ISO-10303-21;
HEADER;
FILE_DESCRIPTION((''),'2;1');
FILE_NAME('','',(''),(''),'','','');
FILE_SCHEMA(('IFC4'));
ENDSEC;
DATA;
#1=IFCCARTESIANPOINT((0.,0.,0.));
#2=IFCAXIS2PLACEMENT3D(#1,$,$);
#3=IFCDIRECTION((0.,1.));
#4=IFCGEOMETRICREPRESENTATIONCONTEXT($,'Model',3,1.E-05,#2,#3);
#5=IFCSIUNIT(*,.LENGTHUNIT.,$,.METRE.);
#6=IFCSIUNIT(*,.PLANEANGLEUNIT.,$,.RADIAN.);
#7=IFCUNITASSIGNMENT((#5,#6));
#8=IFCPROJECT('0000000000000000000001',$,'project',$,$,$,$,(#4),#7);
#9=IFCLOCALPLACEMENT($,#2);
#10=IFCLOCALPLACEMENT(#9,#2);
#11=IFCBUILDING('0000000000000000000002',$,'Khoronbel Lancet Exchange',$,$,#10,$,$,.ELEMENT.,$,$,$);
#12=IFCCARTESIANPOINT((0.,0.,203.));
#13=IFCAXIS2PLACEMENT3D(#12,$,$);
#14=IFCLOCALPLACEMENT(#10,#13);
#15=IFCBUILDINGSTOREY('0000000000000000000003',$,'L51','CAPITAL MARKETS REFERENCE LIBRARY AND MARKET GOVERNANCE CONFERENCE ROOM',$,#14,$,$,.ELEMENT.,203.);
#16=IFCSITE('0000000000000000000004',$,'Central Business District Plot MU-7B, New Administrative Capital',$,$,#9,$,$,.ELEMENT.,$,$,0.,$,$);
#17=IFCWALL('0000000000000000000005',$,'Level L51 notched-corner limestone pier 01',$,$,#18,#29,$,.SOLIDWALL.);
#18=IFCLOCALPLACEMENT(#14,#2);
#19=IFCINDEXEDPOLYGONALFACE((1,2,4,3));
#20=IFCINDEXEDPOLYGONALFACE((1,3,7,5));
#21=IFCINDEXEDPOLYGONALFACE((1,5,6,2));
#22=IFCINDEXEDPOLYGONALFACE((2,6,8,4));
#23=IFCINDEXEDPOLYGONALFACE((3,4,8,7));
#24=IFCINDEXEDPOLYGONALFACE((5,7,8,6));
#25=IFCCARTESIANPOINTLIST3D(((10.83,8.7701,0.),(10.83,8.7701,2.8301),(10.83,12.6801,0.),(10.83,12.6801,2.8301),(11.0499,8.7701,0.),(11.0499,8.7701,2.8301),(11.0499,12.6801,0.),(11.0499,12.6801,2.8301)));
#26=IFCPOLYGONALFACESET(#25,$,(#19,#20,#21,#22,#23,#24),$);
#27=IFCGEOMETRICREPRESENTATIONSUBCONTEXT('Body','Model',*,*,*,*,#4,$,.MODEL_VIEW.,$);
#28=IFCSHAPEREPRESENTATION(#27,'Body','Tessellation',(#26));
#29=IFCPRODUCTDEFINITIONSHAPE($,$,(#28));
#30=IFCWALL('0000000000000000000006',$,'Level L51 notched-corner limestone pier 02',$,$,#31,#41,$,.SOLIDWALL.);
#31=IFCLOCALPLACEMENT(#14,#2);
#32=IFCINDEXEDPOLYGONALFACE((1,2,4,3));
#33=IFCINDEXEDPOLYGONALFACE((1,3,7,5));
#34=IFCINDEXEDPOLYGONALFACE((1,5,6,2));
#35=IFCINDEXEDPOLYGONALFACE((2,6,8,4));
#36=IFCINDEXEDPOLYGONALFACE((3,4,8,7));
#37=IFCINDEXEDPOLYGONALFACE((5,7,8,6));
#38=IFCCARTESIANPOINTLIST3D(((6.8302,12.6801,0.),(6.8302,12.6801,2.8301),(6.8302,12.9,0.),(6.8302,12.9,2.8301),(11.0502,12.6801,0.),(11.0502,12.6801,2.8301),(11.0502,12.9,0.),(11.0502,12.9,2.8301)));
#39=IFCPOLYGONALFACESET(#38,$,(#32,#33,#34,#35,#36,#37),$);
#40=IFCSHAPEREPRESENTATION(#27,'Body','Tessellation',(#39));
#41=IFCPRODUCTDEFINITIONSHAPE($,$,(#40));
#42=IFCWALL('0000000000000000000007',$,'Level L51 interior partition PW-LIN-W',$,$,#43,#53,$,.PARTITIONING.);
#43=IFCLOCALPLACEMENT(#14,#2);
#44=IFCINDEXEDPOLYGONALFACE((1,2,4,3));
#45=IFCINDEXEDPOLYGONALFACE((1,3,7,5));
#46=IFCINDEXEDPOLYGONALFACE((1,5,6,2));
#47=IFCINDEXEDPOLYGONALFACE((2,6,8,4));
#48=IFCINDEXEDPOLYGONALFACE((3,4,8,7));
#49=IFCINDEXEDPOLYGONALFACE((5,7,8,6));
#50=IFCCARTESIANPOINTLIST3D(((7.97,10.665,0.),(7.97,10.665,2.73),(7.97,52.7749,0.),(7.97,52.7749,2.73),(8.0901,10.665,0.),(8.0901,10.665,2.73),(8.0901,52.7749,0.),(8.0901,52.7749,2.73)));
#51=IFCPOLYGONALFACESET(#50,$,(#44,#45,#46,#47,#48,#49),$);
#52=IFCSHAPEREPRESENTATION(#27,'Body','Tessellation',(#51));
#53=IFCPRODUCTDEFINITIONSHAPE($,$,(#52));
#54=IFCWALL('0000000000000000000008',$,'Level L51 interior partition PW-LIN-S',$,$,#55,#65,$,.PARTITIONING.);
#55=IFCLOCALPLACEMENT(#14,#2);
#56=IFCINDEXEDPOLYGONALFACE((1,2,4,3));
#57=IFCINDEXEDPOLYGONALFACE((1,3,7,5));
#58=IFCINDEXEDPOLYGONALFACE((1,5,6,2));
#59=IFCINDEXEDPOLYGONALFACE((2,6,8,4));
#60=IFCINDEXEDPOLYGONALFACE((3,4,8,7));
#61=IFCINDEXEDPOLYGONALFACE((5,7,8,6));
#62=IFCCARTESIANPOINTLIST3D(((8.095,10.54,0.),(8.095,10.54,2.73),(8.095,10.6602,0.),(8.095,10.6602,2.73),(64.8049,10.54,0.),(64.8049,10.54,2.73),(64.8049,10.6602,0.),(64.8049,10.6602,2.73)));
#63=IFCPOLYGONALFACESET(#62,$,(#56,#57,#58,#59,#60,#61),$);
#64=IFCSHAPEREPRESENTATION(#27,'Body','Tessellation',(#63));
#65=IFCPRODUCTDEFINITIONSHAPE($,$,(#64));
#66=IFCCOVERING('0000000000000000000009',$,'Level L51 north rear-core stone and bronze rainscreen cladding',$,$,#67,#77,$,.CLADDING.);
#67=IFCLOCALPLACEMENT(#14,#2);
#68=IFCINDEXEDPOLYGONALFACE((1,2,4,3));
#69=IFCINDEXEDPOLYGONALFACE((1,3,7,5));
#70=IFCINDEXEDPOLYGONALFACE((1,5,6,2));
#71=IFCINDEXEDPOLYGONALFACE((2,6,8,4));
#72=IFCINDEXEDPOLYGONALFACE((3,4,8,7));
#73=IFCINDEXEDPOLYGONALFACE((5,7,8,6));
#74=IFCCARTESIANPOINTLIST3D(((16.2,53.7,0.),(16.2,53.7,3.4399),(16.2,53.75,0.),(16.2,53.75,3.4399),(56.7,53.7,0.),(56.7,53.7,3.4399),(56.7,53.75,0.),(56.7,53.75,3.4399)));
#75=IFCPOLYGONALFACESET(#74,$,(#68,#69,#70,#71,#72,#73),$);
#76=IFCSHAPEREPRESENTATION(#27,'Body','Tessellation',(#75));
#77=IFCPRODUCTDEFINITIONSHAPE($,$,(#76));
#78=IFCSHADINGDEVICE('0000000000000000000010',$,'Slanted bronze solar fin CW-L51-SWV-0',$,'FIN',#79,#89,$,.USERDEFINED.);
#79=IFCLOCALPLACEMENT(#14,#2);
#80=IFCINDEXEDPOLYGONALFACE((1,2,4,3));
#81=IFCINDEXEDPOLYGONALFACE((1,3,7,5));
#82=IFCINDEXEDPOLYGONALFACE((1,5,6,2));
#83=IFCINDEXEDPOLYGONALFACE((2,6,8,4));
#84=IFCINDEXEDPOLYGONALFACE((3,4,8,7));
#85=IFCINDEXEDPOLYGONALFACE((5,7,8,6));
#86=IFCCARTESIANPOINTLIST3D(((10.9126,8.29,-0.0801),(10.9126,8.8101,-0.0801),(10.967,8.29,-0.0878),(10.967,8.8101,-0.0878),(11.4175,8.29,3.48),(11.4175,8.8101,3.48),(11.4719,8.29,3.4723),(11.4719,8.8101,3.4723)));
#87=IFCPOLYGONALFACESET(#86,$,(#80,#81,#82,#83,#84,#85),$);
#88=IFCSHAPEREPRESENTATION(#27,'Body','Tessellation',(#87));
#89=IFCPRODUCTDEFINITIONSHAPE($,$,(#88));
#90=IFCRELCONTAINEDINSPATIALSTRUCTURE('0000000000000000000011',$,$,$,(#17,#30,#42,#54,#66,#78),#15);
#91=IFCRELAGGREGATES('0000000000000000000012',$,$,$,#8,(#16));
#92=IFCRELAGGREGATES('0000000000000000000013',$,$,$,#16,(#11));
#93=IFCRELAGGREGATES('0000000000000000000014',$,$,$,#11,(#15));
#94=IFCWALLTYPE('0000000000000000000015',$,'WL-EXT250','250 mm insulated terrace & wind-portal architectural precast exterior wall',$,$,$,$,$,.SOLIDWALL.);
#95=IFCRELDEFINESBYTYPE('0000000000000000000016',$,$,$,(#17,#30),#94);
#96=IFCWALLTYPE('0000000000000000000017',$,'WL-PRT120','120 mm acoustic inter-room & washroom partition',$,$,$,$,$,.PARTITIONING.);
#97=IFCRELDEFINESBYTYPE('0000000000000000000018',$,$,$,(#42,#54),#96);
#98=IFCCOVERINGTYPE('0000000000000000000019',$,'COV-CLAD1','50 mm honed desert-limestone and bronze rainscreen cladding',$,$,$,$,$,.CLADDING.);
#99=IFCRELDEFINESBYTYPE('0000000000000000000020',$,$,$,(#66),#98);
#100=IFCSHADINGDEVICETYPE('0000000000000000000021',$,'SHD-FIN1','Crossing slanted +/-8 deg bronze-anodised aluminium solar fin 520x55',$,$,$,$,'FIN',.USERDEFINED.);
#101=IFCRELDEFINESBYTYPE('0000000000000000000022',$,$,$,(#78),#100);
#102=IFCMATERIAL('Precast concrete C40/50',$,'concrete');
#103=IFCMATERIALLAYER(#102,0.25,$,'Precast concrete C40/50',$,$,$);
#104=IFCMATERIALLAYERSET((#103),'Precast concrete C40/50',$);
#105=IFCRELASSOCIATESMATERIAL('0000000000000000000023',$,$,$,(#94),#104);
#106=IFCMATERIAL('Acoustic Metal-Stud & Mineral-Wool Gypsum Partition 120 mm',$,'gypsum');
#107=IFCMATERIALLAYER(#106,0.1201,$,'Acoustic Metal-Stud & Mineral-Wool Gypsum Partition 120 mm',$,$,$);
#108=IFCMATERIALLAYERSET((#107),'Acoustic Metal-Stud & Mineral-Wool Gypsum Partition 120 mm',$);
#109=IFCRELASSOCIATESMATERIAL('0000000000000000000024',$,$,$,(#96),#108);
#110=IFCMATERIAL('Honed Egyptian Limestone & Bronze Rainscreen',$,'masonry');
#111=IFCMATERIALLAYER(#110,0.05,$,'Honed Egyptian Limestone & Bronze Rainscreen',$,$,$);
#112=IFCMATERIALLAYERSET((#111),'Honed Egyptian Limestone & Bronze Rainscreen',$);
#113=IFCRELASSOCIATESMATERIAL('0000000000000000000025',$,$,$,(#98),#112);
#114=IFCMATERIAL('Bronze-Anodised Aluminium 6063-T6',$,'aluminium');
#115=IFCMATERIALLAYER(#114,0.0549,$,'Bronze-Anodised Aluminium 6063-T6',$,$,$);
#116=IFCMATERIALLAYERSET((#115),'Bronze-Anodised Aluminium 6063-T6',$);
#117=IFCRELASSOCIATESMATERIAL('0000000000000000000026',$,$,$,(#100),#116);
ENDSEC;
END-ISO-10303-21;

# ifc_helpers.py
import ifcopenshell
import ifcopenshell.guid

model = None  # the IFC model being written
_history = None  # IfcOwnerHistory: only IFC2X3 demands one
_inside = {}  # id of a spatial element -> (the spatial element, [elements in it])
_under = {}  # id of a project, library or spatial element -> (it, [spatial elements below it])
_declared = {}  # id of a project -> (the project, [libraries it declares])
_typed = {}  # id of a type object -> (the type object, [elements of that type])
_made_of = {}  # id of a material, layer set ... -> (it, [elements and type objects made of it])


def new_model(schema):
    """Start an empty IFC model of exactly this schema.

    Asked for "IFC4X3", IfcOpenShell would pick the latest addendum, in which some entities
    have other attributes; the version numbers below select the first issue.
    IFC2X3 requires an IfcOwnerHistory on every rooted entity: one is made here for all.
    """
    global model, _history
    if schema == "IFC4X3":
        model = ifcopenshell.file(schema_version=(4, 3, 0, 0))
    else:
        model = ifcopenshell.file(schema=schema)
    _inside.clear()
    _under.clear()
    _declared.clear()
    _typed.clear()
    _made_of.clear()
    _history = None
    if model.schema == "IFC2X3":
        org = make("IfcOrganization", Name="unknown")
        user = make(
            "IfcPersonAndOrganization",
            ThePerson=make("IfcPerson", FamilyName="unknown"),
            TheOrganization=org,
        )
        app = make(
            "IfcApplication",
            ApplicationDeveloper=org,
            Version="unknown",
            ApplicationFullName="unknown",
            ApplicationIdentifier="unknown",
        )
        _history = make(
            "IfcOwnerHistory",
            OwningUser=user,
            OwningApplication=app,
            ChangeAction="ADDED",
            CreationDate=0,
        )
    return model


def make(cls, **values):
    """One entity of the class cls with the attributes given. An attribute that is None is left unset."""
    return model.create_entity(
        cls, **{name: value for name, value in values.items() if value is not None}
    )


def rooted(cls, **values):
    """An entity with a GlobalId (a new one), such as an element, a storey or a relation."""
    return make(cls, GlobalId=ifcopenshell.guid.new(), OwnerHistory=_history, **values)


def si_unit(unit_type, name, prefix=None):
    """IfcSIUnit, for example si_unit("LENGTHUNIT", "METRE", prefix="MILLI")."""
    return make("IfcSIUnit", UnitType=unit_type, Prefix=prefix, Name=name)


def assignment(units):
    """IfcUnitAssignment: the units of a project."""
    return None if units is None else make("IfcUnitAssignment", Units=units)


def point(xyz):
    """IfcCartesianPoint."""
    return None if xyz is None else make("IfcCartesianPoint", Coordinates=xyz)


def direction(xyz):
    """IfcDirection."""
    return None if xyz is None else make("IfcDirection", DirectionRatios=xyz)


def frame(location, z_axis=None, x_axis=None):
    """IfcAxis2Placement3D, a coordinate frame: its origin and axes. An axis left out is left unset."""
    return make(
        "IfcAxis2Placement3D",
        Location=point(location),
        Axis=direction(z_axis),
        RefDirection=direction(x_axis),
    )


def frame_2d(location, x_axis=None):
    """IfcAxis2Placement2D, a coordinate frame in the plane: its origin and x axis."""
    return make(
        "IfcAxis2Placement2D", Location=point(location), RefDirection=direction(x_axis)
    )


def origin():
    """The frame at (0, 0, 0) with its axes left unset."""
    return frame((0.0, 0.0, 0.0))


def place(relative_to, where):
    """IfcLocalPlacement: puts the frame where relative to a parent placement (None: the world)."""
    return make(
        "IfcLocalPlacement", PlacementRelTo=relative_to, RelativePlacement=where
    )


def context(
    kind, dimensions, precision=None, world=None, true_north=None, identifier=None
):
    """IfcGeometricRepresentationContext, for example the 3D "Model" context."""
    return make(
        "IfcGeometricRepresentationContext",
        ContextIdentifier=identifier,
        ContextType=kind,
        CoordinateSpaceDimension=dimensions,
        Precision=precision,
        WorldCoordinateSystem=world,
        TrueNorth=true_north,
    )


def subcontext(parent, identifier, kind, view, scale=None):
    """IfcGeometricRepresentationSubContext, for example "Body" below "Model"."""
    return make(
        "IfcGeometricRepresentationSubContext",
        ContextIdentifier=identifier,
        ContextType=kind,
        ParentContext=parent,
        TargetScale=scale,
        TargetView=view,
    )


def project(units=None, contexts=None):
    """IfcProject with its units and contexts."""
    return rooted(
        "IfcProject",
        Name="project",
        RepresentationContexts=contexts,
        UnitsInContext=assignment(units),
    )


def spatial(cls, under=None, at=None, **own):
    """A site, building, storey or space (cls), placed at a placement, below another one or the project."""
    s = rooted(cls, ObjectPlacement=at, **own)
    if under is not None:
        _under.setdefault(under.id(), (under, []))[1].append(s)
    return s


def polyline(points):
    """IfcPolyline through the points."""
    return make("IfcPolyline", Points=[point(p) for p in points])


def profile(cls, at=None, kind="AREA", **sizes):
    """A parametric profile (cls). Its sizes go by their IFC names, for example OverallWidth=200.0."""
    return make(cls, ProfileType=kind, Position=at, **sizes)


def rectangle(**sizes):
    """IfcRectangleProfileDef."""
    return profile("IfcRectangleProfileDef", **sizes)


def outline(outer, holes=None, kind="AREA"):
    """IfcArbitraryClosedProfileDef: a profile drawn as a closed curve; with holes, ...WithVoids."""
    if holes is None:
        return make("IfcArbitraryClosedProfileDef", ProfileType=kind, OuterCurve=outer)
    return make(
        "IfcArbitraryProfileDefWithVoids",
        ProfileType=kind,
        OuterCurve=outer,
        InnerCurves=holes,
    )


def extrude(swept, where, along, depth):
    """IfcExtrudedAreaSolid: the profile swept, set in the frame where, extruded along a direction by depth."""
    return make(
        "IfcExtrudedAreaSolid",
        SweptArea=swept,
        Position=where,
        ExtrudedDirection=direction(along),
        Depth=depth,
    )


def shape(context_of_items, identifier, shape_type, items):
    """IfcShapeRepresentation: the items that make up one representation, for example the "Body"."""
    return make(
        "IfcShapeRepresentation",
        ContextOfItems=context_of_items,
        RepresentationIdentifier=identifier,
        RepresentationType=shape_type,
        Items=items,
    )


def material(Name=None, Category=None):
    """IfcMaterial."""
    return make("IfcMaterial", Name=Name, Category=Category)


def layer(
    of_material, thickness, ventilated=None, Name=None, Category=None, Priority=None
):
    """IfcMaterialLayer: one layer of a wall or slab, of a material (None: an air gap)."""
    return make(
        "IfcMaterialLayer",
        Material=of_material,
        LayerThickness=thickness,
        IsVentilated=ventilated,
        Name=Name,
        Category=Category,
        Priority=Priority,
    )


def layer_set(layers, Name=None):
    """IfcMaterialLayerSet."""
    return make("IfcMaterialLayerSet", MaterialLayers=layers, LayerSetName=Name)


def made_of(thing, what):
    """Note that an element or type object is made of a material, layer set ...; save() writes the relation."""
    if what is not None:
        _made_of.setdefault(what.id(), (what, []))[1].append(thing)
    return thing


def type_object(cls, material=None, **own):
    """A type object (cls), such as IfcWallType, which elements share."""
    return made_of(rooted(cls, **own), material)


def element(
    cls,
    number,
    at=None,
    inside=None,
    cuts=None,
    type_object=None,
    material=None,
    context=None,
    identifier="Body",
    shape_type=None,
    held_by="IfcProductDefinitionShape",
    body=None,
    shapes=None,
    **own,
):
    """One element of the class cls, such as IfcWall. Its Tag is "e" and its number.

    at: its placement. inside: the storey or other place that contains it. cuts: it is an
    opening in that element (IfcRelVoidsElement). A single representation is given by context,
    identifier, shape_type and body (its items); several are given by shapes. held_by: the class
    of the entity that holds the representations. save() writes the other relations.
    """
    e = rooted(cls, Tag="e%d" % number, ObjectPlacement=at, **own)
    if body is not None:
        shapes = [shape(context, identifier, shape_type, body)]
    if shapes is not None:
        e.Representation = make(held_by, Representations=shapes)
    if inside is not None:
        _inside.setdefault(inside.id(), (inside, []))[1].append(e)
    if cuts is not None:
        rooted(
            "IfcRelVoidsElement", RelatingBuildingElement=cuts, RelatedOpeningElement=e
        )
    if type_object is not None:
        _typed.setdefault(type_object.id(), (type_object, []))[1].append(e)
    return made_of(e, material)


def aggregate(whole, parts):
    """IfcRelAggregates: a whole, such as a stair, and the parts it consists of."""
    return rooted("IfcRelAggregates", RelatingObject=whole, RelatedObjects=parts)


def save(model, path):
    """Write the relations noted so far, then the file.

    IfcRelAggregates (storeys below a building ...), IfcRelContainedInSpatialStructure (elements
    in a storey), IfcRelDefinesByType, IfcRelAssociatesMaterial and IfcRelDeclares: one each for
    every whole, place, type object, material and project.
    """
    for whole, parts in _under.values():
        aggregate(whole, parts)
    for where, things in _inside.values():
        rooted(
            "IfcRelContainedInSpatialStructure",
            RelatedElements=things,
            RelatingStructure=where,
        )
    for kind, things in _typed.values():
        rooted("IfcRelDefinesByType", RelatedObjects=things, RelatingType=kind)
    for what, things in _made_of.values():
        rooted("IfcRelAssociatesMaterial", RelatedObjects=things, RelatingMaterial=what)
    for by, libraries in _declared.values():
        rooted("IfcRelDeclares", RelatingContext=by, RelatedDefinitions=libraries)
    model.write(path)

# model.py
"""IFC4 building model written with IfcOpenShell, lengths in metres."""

from ifc_helpers import new_model, si_unit, direction, frame, frame_2d, origin, place, context, subcontext, project, spatial, polyline, rectangle, outline, extrude, material, layer, layer_set, type_object, element, save


model = new_model("IFC4")

# Units and contexts
model_context = context("Model", 3, precision=1e-05, world=origin(), true_north=direction((0.0, 1.0)))
body_context = subcontext(model_context, "Body", "Model", "MODEL_VIEW")
ifc_project = project(units=[si_unit("LENGTHUNIT", "METRE"), si_unit("PLANEANGLEUNIT", "RADIAN")], contexts=[model_context])

# Site, building, storey
site_placement = place(None, origin())
site = spatial("IfcSite", under=ifc_project, at=site_placement, Name="Central Business District Plot MU-7B, New Administrative Capital", CompositionType="ELEMENT", RefElevation=0.0)
building_placement = place(site_placement, origin())
building = spatial("IfcBuilding", under=site, at=building_placement, Name="Khoronbel Lancet Exchange", CompositionType="ELEMENT")
storey_placement = place(building_placement, frame((0.0, 0.0, 203.0)))
storey = spatial("IfcBuildingStorey", under=building, at=storey_placement, Name="L51", Description="CAPITAL MARKETS REFERENCE LIBRARY AND MARKET GOVERNANCE CONFERENCE ROOM", CompositionType="ELEMENT", Elevation=203.0)

# Shared definitions
ifc_material_1 = material(Name="Bronze-Anodised Aluminium 6063-T6", Category="aluminium")

# Walls
ifc_material_2 = material(Name="Precast concrete C40/50", Category="concrete")
ifc_layer_1 = layer(ifc_material_2, 0.25, Name="Precast concrete C40/50")
ifc_layer_set_1 = layer_set([ifc_layer_1], Name="Precast concrete C40/50")
wall_type_1 = type_object("IfcWallType", Name="WL-EXT250", Description="250 mm insulated terrace & wind-portal architectural precast exterior wall", PredefinedType="SOLIDWALL", material=ifc_layer_set_1)
wall_1_placement = place(storey_placement, frame((10.9399, 8.77, 0.0), z_axis=(0.0, 0.0, 1.0), x_axis=(0.0, 1.0, 0.0)))
element("IfcWall", 1, at=wall_1_placement, inside=storey, type_object=wall_type_1, Name="Level L51 notched-corner limestone pier 01", PredefinedType="SOLIDWALL", context=body_context, shape_type="SweptSolid", body=[
    extrude(rectangle(XDim=3.9099, YDim=0.22, at=frame_2d((1.9551, 0.0))), origin(), (0.0, 0.0, 1.0), 2.8301),
])
wall_2_placement = place(storey_placement, frame((11.05, 12.79, 0.0), z_axis=(0.0, 0.0, 1.0), x_axis=(-1.0, 0.0, 0.0)))
element("IfcWall", 2, at=wall_2_placement, inside=storey, type_object=wall_type_1, Name="Level L51 notched-corner limestone pier 02", PredefinedType="SOLIDWALL", context=body_context, shape_type="SweptSolid", body=[
    extrude(rectangle(XDim=4.22, YDim=0.22, at=frame_2d((2.1099, 0.0))), origin(), (0.0, 0.0, 1.0), 2.8301),
])
ifc_material_3 = material(Name="Acoustic Metal-Stud & Mineral-Wool Gypsum Partition 120 mm", Category="gypsum")
ifc_layer_2 = layer(ifc_material_3, 0.1201, Name="Acoustic Metal-Stud & Mineral-Wool Gypsum Partition 120 mm")
ifc_layer_set_2 = layer_set([ifc_layer_2], Name="Acoustic Metal-Stud & Mineral-Wool Gypsum Partition 120 mm")
wall_type_2 = type_object("IfcWallType", Name="WL-PRT120", Description="120 mm acoustic inter-room & washroom partition", PredefinedType="PARTITIONING", material=ifc_layer_set_2)
wall_3_placement = place(storey_placement, frame((8.03, 10.665, 0.0), z_axis=(0.0, 0.0, 1.0), x_axis=(0.0, 1.0, 0.0)))
element("IfcWall", 3, at=wall_3_placement, inside=storey, type_object=wall_type_2, Name="Level L51 interior partition PW-LIN-W", PredefinedType="PARTITIONING", context=body_context, shape_type="SweptSolid", body=[
    extrude(rectangle(XDim=42.1099, YDim=0.1201, at=frame_2d((21.0549, 0.0))), origin(), (0.0, 0.0, 1.0), 2.73),
])
wall_4_placement = place(storey_placement, frame((8.095, 10.6001, 0.0), z_axis=(0.0, 0.0, 1.0), x_axis=(1.0, 0.0, 0.0)))
element("IfcWall", 4, at=wall_4_placement, inside=storey, type_object=wall_type_2, Name="Level L51 interior partition PW-LIN-S", PredefinedType="PARTITIONING", context=body_context, shape_type="SweptSolid", body=[
    extrude(rectangle(XDim=56.71, YDim=0.1201, at=frame_2d((28.355, 0.0))), origin(), (0.0, 0.0, 1.0), 2.73),
])

# Covering
ifc_material_4 = material(Name="Honed Egyptian Limestone & Bronze Rainscreen", Category="masonry")
ifc_layer_3 = layer(ifc_material_4, 0.05, Name="Honed Egyptian Limestone & Bronze Rainscreen")
ifc_layer_set_3 = layer_set([ifc_layer_3], Name="Honed Egyptian Limestone & Bronze Rainscreen")
covering_type = type_object("IfcCoveringType", Name="COV-CLAD1", Description="50 mm honed desert-limestone and bronze rainscreen cladding", PredefinedType="CLADDING", material=ifc_layer_set_3)
covering_placement = place(storey_placement, origin())
element("IfcCovering", 5, at=covering_placement, inside=storey, type_object=covering_type, Name="Level L51 north rear-core stone and bronze rainscreen cladding", PredefinedType="CLADDING", context=body_context, shape_type="SweptSolid", body=[
    extrude(outline(polyline([(16.2, 53.7), (56.7, 53.7), (56.7, 53.75), (16.2, 53.75), (16.2, 53.7)])), origin(), (0.0, 0.0, 1.0), 3.4399),
])

# Shading device
ifc_layer_4 = layer(ifc_material_1, 0.0549, Name="Bronze-Anodised Aluminium 6063-T6")
ifc_layer_set_4 = layer_set([ifc_layer_4], Name="Bronze-Anodised Aluminium 6063-T6")
shading_device_type = type_object("IfcShadingDeviceType", Name="SHD-FIN1", Description="Crossing slanted +/-8 deg bronze-anodised aluminium solar fin 520x55", ElementType="FIN", PredefinedType="USERDEFINED", material=ifc_layer_set_4)
shading_device_placement = place(storey_placement, frame((10.9126, 8.8101, -0.0801), z_axis=(-0.990093, 0.0, 0.140414), x_axis=(0.0, -1.0, 0.0)))
element("IfcShadingDevice", 6, at=shading_device_placement, inside=storey, type_object=shading_device_type, Name="Slanted bronze solar fin CW-L51-SWV-0", ObjectType="FIN", PredefinedType="USERDEFINED", context=body_context, shape_type="SweptSolid", body=[
    extrude(outline(polyline([(0.0, 0.0), (0.52, 0.0), (0.52, 3.5957), (0.0, 3.5957), (0.0, 0.0)])), origin(), (0.0, 0.0, -1.0), 0.0549),
])

save(model, "model.ifc")
